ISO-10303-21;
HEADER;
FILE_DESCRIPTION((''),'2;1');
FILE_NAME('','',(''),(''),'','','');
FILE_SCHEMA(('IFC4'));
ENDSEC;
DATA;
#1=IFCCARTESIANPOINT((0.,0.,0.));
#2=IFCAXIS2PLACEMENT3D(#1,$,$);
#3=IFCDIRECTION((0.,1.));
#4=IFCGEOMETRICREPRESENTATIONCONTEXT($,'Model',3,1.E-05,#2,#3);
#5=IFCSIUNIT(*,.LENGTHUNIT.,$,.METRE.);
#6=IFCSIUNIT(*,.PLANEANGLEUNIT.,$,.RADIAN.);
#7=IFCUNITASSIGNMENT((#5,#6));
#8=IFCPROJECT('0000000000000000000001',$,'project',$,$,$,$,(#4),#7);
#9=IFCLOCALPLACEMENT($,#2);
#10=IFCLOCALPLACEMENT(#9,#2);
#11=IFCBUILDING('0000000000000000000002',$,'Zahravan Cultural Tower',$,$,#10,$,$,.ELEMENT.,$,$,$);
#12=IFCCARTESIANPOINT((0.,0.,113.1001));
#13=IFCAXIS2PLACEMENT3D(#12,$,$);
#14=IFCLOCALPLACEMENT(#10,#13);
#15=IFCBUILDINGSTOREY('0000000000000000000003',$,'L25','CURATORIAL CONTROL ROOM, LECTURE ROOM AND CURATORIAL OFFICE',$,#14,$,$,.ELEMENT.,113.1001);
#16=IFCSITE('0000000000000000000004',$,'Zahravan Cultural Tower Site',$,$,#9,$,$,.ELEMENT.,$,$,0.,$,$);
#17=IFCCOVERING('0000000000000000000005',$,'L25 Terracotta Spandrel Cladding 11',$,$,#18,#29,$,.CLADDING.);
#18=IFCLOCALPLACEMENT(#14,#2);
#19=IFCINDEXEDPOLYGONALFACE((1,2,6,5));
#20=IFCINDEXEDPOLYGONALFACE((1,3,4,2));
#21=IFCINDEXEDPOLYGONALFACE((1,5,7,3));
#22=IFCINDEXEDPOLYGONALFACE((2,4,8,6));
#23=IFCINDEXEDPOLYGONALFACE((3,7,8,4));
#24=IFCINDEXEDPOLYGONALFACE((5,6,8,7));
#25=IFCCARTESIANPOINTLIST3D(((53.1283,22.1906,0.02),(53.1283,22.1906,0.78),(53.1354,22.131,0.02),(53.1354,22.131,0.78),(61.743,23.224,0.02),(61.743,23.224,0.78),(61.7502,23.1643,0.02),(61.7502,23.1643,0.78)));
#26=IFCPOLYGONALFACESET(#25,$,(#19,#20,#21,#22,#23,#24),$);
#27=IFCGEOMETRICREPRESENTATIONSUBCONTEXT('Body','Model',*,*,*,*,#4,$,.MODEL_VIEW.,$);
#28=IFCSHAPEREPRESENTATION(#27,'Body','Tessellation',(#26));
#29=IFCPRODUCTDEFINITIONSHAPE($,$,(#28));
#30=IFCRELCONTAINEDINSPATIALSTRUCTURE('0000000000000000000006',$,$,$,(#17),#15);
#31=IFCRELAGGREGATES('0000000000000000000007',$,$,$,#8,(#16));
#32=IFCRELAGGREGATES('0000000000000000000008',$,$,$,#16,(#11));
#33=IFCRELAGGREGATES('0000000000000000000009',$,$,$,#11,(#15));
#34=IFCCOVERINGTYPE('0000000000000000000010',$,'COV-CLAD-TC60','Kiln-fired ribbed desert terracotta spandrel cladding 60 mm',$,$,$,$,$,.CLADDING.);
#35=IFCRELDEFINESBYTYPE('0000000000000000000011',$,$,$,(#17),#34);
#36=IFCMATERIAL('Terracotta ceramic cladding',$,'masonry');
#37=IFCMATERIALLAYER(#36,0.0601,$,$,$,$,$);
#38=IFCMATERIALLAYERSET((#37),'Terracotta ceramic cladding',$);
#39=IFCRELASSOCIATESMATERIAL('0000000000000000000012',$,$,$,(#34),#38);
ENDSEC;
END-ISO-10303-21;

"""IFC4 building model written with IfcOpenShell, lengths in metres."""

from ifc_helpers import new_model, si_unit, direction, frame, origin, origin_2d, place, context, subcontext, project, spatial, rectangle, extrude, source, transform, mapped, material, layer, layer_set, type_object, element, save


model = new_model("IFC4")

# Units and contexts
model_context = context("Model", 3, precision=1e-05, world=origin(), true_north=direction((0.0, 1.0)))
body_context = subcontext(model_context, "Body", "Model", "MODEL_VIEW")
ifc_project = project(units=[si_unit("LENGTHUNIT", "METRE"), si_unit("PLANEANGLEUNIT", "RADIAN")], contexts=[model_context])

# Site, building, storey
site_placement = place(None, origin())
site = spatial("IfcSite", under=ifc_project, at=site_placement, Name="Zahravan Cultural Tower Site", CompositionType="ELEMENT", RefElevation=0.0)
building_placement = place(site_placement, origin())
building = spatial("IfcBuilding", under=site, at=building_placement, Name="Zahravan Cultural Tower", CompositionType="ELEMENT")
storey_placement = place(building_placement, frame((0.0, 0.0, 113.1001)))
storey = spatial("IfcBuildingStorey", under=building, at=storey_placement, Name="L25", Description="CURATORIAL CONTROL ROOM, LECTURE ROOM AND CURATORIAL OFFICE", CompositionType="ELEMENT", Elevation=113.1001)

# Covering
ifc_material_1 = material(Name="Terracotta ceramic cladding", Category="masonry")
ifc_layer_1 = layer(ifc_material_1, 0.0601)
ifc_layer_set_1 = layer_set([ifc_layer_1], Name="Terracotta ceramic cladding")
covering_type = type_object("IfcCoveringType", Name="COV-CLAD-TC60", Description="Kiln-fired ribbed desert terracotta spandrel cladding 60 mm", PredefinedType="CLADDING", material=ifc_layer_set_1)
shared_shape_1 = source(origin(), body_context, "Body", "SweptSolid", [
    extrude(rectangle(XDim=8.6765, YDim=0.0601, at=origin_2d()), origin(), (0.0, 0.0, 1.0), 0.76),
])
covering_placement = place(storey_placement, frame((57.4392, 22.6775, 0.02), z_axis=(0.0, 0.0, 1.0), x_axis=(-0.992883, -0.119097, 0.0)))
element("IfcCovering", 1, at=covering_placement, inside=storey, type_object=covering_type, Name="L25 Terracotta Spandrel Cladding 11", PredefinedType="CLADDING", context=body_context, shape_type="MappedRepresentation", body=[
    mapped(shared_shape_1, transform((0.0, 0.0, 0.0), x_axis=(1.0, 0.0, 0.0), y_axis=(0.0, 1.0, 0.0), z_axis=(0.0, 0.0, 1.0), scale=1.0)),
])

save(model, "model.ifc")
